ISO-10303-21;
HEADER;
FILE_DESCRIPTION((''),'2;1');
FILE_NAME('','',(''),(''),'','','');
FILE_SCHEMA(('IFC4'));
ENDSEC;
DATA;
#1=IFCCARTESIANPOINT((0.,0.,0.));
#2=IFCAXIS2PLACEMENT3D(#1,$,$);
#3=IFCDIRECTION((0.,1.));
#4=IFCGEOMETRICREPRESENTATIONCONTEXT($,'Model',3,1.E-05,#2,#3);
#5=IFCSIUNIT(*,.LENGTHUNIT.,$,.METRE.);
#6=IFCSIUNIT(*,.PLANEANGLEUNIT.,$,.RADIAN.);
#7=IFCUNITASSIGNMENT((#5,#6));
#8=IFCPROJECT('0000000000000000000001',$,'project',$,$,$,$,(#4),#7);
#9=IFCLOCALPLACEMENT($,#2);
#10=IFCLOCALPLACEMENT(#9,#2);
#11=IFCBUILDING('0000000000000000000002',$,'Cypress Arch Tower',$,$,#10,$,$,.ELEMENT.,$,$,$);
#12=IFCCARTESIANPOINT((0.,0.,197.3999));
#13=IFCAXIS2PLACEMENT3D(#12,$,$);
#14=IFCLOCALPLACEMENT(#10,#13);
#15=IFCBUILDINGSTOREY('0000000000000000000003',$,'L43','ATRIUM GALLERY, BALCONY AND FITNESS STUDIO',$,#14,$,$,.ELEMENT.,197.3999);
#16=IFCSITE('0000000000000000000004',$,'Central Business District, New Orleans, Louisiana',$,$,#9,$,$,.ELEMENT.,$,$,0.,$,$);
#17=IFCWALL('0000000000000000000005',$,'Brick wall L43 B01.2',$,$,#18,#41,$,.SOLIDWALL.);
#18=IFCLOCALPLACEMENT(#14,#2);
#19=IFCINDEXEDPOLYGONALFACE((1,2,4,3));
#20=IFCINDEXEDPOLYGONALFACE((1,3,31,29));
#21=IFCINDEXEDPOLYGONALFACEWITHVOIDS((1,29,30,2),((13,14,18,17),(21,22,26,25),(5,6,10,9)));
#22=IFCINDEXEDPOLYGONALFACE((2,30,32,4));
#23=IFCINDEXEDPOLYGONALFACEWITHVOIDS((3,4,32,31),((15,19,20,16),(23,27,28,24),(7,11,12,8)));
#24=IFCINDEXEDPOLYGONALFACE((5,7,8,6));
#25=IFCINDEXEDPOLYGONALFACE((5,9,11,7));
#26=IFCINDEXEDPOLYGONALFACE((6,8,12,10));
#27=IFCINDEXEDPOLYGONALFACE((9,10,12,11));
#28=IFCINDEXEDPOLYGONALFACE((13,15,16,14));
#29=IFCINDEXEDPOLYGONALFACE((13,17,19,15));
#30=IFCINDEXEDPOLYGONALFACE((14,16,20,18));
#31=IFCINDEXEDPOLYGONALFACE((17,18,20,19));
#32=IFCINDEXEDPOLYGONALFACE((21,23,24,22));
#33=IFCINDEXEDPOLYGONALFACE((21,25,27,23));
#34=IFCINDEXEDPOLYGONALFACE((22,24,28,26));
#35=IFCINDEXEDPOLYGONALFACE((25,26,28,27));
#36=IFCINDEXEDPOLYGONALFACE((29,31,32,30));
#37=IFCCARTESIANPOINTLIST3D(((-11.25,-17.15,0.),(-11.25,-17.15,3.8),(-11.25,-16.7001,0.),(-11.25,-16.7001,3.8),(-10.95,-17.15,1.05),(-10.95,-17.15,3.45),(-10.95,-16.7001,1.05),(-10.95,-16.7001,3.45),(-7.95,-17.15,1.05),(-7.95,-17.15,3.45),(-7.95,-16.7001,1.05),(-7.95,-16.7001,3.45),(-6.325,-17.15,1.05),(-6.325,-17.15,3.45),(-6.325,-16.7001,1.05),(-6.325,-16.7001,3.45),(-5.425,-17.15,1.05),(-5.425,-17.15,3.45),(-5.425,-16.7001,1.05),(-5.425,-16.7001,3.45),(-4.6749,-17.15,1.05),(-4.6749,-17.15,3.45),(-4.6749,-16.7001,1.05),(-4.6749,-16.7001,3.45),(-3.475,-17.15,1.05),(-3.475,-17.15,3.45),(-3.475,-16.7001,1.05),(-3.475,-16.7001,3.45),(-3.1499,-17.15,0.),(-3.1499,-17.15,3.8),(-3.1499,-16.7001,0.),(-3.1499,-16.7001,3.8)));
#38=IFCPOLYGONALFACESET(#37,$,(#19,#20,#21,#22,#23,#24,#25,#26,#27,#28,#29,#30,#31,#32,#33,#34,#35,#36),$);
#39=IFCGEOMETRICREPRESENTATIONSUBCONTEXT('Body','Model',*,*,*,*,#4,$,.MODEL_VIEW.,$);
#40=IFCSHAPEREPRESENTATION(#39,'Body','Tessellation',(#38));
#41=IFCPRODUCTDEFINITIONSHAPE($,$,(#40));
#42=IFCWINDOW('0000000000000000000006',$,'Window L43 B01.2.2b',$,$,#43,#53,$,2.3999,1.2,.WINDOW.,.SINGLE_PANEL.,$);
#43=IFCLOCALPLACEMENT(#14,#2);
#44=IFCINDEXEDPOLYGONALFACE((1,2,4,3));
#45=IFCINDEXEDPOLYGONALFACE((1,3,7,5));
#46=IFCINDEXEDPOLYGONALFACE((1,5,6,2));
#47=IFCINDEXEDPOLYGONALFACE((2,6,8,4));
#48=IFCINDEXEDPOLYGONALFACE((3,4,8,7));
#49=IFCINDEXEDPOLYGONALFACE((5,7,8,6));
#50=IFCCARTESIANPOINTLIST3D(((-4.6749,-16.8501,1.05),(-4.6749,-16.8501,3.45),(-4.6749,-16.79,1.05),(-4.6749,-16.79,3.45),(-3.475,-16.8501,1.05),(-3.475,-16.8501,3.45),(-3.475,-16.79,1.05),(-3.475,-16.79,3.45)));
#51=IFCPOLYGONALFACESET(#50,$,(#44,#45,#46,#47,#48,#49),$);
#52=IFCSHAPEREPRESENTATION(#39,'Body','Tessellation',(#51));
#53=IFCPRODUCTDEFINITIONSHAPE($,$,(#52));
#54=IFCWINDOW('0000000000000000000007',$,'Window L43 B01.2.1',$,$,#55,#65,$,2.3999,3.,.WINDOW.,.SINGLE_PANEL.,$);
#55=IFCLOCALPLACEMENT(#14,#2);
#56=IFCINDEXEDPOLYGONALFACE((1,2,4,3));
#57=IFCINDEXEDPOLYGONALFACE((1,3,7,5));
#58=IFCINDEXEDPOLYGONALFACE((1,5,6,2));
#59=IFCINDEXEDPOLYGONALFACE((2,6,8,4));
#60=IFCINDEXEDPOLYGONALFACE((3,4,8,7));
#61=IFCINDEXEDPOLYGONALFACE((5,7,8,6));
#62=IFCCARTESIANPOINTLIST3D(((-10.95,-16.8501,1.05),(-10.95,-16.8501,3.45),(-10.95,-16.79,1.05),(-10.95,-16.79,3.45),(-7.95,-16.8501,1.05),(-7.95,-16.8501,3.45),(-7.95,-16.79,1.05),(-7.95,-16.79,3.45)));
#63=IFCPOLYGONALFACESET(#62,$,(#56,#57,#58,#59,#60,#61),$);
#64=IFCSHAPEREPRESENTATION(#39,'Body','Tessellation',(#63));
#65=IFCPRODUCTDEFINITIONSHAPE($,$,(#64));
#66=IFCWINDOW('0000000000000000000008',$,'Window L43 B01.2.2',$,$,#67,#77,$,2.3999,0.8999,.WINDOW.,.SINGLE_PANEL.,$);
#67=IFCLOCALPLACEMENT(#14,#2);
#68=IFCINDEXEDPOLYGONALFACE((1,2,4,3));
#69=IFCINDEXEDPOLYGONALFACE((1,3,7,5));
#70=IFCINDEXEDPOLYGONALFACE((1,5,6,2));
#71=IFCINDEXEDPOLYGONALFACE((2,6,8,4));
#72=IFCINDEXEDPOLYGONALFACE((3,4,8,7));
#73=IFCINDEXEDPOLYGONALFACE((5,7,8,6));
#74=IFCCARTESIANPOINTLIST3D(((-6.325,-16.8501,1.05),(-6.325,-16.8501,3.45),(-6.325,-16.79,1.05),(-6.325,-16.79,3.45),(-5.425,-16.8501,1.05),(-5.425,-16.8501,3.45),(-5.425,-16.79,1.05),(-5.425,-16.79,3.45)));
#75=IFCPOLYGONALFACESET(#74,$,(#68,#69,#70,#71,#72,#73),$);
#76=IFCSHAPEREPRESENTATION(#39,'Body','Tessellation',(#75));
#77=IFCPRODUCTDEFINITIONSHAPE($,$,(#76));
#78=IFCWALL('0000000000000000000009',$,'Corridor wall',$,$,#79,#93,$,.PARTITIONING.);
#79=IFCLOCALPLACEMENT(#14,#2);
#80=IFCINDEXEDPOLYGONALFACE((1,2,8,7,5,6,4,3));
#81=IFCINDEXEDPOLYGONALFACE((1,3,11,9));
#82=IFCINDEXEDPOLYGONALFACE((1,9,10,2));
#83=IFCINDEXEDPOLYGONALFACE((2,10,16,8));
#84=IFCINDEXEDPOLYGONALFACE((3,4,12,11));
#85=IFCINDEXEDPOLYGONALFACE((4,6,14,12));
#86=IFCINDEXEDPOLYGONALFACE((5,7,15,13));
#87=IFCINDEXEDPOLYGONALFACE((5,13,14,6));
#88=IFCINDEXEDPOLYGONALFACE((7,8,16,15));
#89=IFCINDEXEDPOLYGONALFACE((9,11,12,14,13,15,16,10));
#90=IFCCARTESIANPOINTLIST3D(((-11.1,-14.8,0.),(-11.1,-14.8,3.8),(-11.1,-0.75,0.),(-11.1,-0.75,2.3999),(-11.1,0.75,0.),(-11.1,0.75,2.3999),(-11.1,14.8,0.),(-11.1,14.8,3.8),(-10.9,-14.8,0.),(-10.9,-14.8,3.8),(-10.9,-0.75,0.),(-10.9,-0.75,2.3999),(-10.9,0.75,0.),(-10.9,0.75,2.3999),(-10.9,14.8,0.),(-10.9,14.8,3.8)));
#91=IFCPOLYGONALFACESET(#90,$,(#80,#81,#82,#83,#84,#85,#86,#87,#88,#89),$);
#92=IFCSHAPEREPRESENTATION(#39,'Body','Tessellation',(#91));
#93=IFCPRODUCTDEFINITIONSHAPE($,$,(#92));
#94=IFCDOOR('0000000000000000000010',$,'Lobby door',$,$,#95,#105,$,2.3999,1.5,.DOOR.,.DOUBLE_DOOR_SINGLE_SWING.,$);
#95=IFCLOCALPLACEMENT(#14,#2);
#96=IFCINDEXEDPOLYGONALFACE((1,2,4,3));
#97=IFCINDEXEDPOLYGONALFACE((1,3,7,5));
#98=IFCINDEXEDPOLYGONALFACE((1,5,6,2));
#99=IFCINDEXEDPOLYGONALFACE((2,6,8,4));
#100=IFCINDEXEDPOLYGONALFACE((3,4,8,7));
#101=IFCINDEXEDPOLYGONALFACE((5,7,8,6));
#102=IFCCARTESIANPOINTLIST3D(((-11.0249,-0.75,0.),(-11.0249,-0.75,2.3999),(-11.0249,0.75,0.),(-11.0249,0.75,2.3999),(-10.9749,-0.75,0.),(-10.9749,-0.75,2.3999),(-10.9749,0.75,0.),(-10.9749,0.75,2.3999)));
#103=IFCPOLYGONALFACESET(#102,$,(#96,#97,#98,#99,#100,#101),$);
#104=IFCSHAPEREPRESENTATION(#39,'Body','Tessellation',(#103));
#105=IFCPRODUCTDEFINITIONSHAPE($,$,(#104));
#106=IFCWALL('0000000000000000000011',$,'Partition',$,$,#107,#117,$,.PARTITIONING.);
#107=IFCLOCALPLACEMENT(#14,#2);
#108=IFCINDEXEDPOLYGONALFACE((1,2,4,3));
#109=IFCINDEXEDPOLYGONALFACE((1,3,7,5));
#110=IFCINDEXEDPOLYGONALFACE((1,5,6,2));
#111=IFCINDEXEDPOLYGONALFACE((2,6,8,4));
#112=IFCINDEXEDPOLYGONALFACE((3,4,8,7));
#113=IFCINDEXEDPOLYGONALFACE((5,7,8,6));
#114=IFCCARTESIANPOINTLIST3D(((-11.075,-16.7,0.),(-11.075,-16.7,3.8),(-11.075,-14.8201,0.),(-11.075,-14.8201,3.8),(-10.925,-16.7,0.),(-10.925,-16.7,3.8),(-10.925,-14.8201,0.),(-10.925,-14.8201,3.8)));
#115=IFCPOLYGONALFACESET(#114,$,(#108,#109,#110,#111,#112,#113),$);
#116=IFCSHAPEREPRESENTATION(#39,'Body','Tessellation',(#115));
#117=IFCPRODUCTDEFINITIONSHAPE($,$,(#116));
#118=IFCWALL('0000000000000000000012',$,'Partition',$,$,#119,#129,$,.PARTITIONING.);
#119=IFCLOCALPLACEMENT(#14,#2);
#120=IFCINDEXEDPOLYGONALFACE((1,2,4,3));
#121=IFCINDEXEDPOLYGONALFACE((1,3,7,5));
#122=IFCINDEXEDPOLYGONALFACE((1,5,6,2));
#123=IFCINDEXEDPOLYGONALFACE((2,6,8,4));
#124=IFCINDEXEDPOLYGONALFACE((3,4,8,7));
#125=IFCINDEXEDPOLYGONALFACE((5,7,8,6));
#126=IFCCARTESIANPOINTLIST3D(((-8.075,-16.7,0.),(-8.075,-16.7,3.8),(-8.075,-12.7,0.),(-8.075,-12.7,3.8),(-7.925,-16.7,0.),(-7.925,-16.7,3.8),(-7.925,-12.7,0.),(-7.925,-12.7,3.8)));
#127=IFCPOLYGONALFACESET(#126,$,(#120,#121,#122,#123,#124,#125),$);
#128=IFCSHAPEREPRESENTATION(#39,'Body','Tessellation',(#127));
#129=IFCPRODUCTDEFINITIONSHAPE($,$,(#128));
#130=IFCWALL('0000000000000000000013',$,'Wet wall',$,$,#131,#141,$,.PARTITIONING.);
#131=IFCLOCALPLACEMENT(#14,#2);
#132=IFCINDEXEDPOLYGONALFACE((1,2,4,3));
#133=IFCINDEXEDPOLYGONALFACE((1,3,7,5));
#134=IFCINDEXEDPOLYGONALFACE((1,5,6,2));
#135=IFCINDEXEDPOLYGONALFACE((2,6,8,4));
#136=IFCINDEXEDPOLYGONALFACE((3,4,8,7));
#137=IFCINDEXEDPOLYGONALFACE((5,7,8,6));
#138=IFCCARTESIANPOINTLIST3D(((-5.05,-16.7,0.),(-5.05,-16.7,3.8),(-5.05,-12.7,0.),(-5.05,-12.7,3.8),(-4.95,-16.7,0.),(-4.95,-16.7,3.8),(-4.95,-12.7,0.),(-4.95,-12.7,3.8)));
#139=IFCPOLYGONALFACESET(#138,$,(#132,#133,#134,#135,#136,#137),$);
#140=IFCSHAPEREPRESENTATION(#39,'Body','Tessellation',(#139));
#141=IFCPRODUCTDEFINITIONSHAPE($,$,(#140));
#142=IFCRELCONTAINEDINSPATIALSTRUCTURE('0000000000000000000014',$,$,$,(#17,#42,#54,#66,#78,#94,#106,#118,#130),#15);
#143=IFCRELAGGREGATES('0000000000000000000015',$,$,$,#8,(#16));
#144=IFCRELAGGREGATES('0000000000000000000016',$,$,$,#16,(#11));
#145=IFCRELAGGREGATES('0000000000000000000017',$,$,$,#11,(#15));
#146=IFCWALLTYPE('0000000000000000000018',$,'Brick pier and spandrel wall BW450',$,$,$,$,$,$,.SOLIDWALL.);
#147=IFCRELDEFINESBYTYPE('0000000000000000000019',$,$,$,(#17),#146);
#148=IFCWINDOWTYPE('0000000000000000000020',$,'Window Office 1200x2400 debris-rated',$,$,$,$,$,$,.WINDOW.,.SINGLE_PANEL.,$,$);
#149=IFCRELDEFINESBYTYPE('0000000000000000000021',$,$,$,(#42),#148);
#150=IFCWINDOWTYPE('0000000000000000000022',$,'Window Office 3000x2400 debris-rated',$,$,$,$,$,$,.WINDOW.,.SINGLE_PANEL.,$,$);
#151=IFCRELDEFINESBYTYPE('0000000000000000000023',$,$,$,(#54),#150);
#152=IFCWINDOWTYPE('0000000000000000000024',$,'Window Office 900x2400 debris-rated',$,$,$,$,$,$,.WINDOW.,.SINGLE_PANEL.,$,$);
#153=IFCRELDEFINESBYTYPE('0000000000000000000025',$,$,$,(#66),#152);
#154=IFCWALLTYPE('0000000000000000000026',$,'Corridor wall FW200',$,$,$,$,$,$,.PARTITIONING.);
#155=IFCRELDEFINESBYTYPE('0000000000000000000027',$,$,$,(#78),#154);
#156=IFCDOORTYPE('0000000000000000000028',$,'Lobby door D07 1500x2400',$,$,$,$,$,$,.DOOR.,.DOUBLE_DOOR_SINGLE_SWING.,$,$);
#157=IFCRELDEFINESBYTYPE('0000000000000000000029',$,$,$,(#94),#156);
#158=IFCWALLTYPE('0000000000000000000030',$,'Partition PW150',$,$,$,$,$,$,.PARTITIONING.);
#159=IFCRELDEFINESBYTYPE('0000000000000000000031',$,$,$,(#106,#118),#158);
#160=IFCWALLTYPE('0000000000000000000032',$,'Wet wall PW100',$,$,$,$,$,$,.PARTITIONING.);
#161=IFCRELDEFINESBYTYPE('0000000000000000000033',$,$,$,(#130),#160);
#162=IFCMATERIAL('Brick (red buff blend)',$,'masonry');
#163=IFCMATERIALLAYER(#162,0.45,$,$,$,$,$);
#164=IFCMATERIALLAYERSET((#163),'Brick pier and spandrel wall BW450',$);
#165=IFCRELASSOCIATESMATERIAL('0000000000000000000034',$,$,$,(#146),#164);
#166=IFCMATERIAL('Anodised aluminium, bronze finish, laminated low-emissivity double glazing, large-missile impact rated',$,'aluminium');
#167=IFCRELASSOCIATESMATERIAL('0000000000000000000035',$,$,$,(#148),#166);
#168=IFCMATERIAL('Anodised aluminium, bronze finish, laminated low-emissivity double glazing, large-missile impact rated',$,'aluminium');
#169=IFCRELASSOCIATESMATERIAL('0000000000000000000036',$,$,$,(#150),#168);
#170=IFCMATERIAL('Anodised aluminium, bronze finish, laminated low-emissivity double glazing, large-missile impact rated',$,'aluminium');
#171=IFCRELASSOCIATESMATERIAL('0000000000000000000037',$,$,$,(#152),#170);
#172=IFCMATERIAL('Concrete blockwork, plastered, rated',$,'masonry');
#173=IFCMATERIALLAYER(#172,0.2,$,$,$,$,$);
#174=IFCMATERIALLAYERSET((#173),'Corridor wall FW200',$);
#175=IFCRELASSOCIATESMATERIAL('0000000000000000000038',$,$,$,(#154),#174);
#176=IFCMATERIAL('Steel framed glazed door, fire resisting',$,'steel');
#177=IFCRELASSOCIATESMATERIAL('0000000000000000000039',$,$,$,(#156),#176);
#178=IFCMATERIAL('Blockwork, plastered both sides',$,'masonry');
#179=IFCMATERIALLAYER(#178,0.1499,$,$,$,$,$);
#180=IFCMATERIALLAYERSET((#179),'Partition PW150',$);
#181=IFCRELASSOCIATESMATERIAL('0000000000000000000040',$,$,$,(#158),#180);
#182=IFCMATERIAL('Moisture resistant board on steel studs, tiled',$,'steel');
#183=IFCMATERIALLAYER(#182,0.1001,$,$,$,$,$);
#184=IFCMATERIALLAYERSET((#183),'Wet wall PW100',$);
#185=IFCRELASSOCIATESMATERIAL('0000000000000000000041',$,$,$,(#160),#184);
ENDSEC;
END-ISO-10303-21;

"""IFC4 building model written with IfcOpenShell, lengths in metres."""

from ifc_helpers import new_model, si_unit, direction, frame, frame_2d, origin, place, context, subcontext, project, spatial, rectangle, extrude, material, layer, layer_set, type_object, element, fill, save


model = new_model("IFC4")

# Units and contexts
model_context = context("Model", 3, precision=1e-05, world=origin(), true_north=direction((0.0, 1.0)))
body_context = subcontext(model_context, "Body", "Model", "MODEL_VIEW")
ifc_project = project(units=[si_unit("LENGTHUNIT", "METRE"), si_unit("PLANEANGLEUNIT", "RADIAN")], contexts=[model_context])

# Site, building, storey
site_placement = place(None, origin())
site = spatial("IfcSite", under=ifc_project, at=site_placement, Name="Central Business District, New Orleans, Louisiana", CompositionType="ELEMENT", RefElevation=0.0)
building_placement = place(site_placement, origin())
building = spatial("IfcBuilding", under=site, at=building_placement, Name="Cypress Arch Tower", CompositionType="ELEMENT")
storey_placement = place(building_placement, frame((0.0, 0.0, 197.3999)))
storey = spatial("IfcBuildingStorey", under=building, at=storey_placement, Name="L43", Description="ATRIUM GALLERY, BALCONY AND FITNESS STUDIO", CompositionType="ELEMENT", Elevation=197.3999)

# Wall, openings, windows
ifc_material_1 = material(Name="Brick (red buff blend)", Category="masonry")
ifc_layer_1 = layer(ifc_material_1, 0.45)
ifc_layer_set_1 = layer_set([ifc_layer_1], Name="Brick pier and spandrel wall BW450")
wall_type_1 = type_object("IfcWallType", Name="Brick pier and spandrel wall BW450", PredefinedType="SOLIDWALL", material=ifc_layer_set_1)
wall_1_placement = place(storey_placement, frame((-11.25, -16.925, 0.0), z_axis=(0.0, 0.0, 1.0), x_axis=(1.0, 0.0, 0.0)))
wall_1 = element("IfcWall", 1, at=wall_1_placement, inside=storey, type_object=wall_type_1, Name="Brick wall L43 B01.2", PredefinedType="SOLIDWALL", context=body_context, shape_type="SweptSolid", body=[
    extrude(rectangle(XDim=8.1001, YDim=0.45, at=frame_2d((4.05, 0.0))), origin(), (0.0, 0.0, 1.0), 3.8),
])
opening_1_placement = place(wall_1_placement, frame((0.3, 0.0, 1.05)))
opening_1 = element("IfcOpeningElement", 2, at=opening_1_placement, cuts=wall_1, PredefinedType="OPENING", context=body_context, shape_type="SweptSolid", body=[
    extrude(rectangle(XDim=3.0, YDim=2.3999, at=frame_2d((1.5, 1.2))), frame((0.0, 0.2349, 0.0), z_axis=(0.0, -1.0, 0.0), x_axis=(1.0, 0.0, 0.0)), (0.0, 0.0, 1.0), 0.47),
])
opening_2_placement = place(wall_1_placement, frame((4.925, 0.0, 1.05)))
opening_2 = element("IfcOpeningElement", 3, at=opening_2_placement, cuts=wall_1, PredefinedType="OPENING", context=body_context, shape_type="SweptSolid", body=[
    extrude(rectangle(XDim=0.8999, YDim=2.3999, at=frame_2d((0.45, 1.2))), frame((0.0, 0.2349, 0.0), z_axis=(0.0, -1.0, 0.0), x_axis=(1.0, 0.0, 0.0)), (0.0, 0.0, 1.0), 0.47),
])
opening_3_placement = place(wall_1_placement, frame((6.575, 0.0, 1.05)))
opening_3 = element("IfcOpeningElement", 4, at=opening_3_placement, cuts=wall_1, PredefinedType="OPENING", context=body_context, shape_type="SweptSolid", body=[
    extrude(rectangle(XDim=1.2, YDim=2.3999, at=frame_2d((0.6001, 1.2))), frame((0.0, 0.2349, 0.0), z_axis=(0.0, -1.0, 0.0), x_axis=(1.0, 0.0, 0.0)), (0.0, 0.0, 1.0), 0.47),
])
ifc_material_2 = material(Name="Anodised aluminium, bronze finish, laminated low-emissivity double glazing, large-missile impact rated", Category="aluminium")
window_type_1 = type_object("IfcWindowType", Name="Window Office 1200x2400 debris-rated", PartitioningType="SINGLE_PANEL", PredefinedType="WINDOW", material=ifc_material_2)
window_1_placement = place(opening_3_placement, origin())
window_1 = element("IfcWindow", 5, at=window_1_placement, inside=storey, type_object=window_type_1, Name="Window L43 B01.2.2b", OverallHeight=2.3999, OverallWidth=1.2, PartitioningType="SINGLE_PANEL", PredefinedType="WINDOW", context=body_context, shape_type="SweptSolid", body=[
    extrude(rectangle(XDim=1.2, YDim=2.3999, at=frame_2d((0.6001, 1.2))), frame((0.0, 0.135, 0.0), z_axis=(0.0, -1.0, 0.0), x_axis=(1.0, 0.0, 0.0)), (0.0, 0.0, 1.0), 0.0601),
])
fill(opening_3, window_1)
ifc_material_3 = material(Name="Anodised aluminium, bronze finish, laminated low-emissivity double glazing, large-missile impact rated", Category="aluminium")
window_type_2 = type_object("IfcWindowType", Name="Window Office 3000x2400 debris-rated", PartitioningType="SINGLE_PANEL", PredefinedType="WINDOW", material=ifc_material_3)
window_2_placement = place(opening_1_placement, origin())
window_2 = element("IfcWindow", 6, at=window_2_placement, inside=storey, type_object=window_type_2, Name="Window L43 B01.2.1", OverallHeight=2.3999, OverallWidth=3.0, PartitioningType="SINGLE_PANEL", PredefinedType="WINDOW", context=body_context, shape_type="SweptSolid", body=[
    extrude(rectangle(XDim=3.0, YDim=2.3999, at=frame_2d((1.5, 1.2))), frame((0.0, 0.135, 0.0), z_axis=(0.0, -1.0, 0.0), x_axis=(1.0, 0.0, 0.0)), (0.0, 0.0, 1.0), 0.0601),
])
fill(opening_1, window_2)
ifc_material_4 = material(Name="Anodised aluminium, bronze finish, laminated low-emissivity double glazing, large-missile impact rated", Category="aluminium")
window_type_3 = type_object("IfcWindowType", Name="Window Office 900x2400 debris-rated", PartitioningType="SINGLE_PANEL", PredefinedType="WINDOW", material=ifc_material_4)
window_3_placement = place(opening_2_placement, origin())
window_3 = element("IfcWindow", 7, at=window_3_placement, inside=storey, type_object=window_type_3, Name="Window L43 B01.2.2", OverallHeight=2.3999, OverallWidth=0.8999, PartitioningType="SINGLE_PANEL", PredefinedType="WINDOW", context=body_context, shape_type="SweptSolid", body=[
    extrude(rectangle(XDim=0.8999, YDim=2.3999, at=frame_2d((0.45, 1.2))), frame((0.0, 0.135, 0.0), z_axis=(0.0, -1.0, 0.0), x_axis=(1.0, 0.0, 0.0)), (0.0, 0.0, 1.0), 0.0601),
])
fill(opening_2, window_3)

# Wall, opening, door
ifc_material_5 = material(Name="Concrete blockwork, plastered, rated", Category="masonry")
ifc_layer_2 = layer(ifc_material_5, 0.2)
ifc_layer_set_2 = layer_set([ifc_layer_2], Name="Corridor wall FW200")
wall_type_2 = type_object("IfcWallType", Name="Corridor wall FW200", PredefinedType="PARTITIONING", material=ifc_layer_set_2)
wall_2_placement = place(storey_placement, frame((-11.0, -14.8, 0.0), z_axis=(0.0, 0.0, 1.0), x_axis=(0.0, 1.0, 0.0)))
wall_2 = element("IfcWall", 8, at=wall_2_placement, inside=storey, type_object=wall_type_2, Name="Corridor wall", PredefinedType="PARTITIONING", context=body_context, shape_type="SweptSolid", body=[
    extrude(rectangle(XDim=29.6001, YDim=0.2, at=frame_2d((14.8, 0.0))), origin(), (0.0, 0.0, 1.0), 3.8),
])
opening_4_placement = place(wall_2_placement, frame((14.05, 0.0, 0.0)))
opening_4 = element("IfcOpeningElement", 9, at=opening_4_placement, cuts=wall_2, PredefinedType="OPENING", context=body_context, shape_type="SweptSolid", body=[
    extrude(rectangle(XDim=1.5, YDim=2.3999, at=frame_2d((0.75, 1.2))), frame((0.0, 0.1099, 0.0), z_axis=(0.0, -1.0, 0.0), x_axis=(1.0, 0.0, 0.0)), (0.0, 0.0, 1.0), 0.22),
])
ifc_material_6 = material(Name="Steel framed glazed door, fire resisting", Category="steel")
door_type = type_object("IfcDoorType", Name="Lobby door D07 1500x2400", OperationType="DOUBLE_DOOR_SINGLE_SWING", PredefinedType="DOOR", material=ifc_material_6)
door_placement = place(opening_4_placement, origin())
door = element("IfcDoor", 10, at=door_placement, inside=storey, type_object=door_type, Name="Lobby door", OperationType="DOUBLE_DOOR_SINGLE_SWING", OverallHeight=2.3999, OverallWidth=1.5, PredefinedType="DOOR", context=body_context, shape_type="SweptSolid", body=[
    extrude(rectangle(XDim=1.5, YDim=2.3999, at=frame_2d((0.75, 1.2))), frame((0.0, 0.0249, 0.0), z_axis=(0.0, -1.0, 0.0), x_axis=(1.0, 0.0, 0.0)), (0.0, 0.0, 1.0), 0.05),
])
fill(opening_4, door)

# Walls
ifc_material_7 = material(Name="Blockwork, plastered both sides", Category="masonry")
ifc_layer_3 = layer(ifc_material_7, 0.1499)
ifc_layer_set_3 = layer_set([ifc_layer_3], Name="Partition PW150")
wall_type_3 = type_object("IfcWallType", Name="Partition PW150", PredefinedType="PARTITIONING", material=ifc_layer_set_3)
wall_3_placement = place(storey_placement, frame((-11.0, -16.7, 0.0), z_axis=(0.0, 0.0, 1.0), x_axis=(0.0, 1.0, 0.0)))
element("IfcWall", 11, at=wall_3_placement, inside=storey, type_object=wall_type_3, Name="Partition", PredefinedType="PARTITIONING", context=body_context, shape_type="SweptSolid", body=[
    extrude(rectangle(XDim=1.8799, YDim=0.1499, at=frame_2d((0.9399, 0.0))), origin(), (0.0, 0.0, 1.0), 3.8),
])
wall_4_placement = place(storey_placement, frame((-8.0, -16.7, 0.0), z_axis=(0.0, 0.0, 1.0), x_axis=(0.0, 1.0, 0.0)))
element("IfcWall", 12, at=wall_4_placement, inside=storey, type_object=wall_type_3, Name="Partition", PredefinedType="PARTITIONING", context=body_context, shape_type="SweptSolid", body=[
    extrude(rectangle(XDim=4.0, YDim=0.1499, at=frame_2d((2.0, 0.0))), origin(), (0.0, 0.0, 1.0), 3.8),
])
ifc_material_8 = material(Name="Moisture resistant board on steel studs, tiled", Category="steel")
ifc_layer_4 = layer(ifc_material_8, 0.1001)
ifc_layer_set_4 = layer_set([ifc_layer_4], Name="Wet wall PW100")
wall_type_4 = type_object("IfcWallType", Name="Wet wall PW100", PredefinedType="PARTITIONING", material=ifc_layer_set_4)
wall_5_placement = place(storey_placement, frame((-5.0, -16.7, 0.0), z_axis=(0.0, 0.0, 1.0), x_axis=(0.0, 1.0, 0.0)))
element("IfcWall", 13, at=wall_5_placement, inside=storey, type_object=wall_type_4, Name="Wet wall", PredefinedType="PARTITIONING", context=body_context, shape_type="SweptSolid", body=[
    extrude(rectangle(XDim=4.0, YDim=0.1001, at=frame_2d((2.0, 0.0))), origin(), (0.0, 0.0, 1.0), 3.8),
])

save(model, "model.ifc")
